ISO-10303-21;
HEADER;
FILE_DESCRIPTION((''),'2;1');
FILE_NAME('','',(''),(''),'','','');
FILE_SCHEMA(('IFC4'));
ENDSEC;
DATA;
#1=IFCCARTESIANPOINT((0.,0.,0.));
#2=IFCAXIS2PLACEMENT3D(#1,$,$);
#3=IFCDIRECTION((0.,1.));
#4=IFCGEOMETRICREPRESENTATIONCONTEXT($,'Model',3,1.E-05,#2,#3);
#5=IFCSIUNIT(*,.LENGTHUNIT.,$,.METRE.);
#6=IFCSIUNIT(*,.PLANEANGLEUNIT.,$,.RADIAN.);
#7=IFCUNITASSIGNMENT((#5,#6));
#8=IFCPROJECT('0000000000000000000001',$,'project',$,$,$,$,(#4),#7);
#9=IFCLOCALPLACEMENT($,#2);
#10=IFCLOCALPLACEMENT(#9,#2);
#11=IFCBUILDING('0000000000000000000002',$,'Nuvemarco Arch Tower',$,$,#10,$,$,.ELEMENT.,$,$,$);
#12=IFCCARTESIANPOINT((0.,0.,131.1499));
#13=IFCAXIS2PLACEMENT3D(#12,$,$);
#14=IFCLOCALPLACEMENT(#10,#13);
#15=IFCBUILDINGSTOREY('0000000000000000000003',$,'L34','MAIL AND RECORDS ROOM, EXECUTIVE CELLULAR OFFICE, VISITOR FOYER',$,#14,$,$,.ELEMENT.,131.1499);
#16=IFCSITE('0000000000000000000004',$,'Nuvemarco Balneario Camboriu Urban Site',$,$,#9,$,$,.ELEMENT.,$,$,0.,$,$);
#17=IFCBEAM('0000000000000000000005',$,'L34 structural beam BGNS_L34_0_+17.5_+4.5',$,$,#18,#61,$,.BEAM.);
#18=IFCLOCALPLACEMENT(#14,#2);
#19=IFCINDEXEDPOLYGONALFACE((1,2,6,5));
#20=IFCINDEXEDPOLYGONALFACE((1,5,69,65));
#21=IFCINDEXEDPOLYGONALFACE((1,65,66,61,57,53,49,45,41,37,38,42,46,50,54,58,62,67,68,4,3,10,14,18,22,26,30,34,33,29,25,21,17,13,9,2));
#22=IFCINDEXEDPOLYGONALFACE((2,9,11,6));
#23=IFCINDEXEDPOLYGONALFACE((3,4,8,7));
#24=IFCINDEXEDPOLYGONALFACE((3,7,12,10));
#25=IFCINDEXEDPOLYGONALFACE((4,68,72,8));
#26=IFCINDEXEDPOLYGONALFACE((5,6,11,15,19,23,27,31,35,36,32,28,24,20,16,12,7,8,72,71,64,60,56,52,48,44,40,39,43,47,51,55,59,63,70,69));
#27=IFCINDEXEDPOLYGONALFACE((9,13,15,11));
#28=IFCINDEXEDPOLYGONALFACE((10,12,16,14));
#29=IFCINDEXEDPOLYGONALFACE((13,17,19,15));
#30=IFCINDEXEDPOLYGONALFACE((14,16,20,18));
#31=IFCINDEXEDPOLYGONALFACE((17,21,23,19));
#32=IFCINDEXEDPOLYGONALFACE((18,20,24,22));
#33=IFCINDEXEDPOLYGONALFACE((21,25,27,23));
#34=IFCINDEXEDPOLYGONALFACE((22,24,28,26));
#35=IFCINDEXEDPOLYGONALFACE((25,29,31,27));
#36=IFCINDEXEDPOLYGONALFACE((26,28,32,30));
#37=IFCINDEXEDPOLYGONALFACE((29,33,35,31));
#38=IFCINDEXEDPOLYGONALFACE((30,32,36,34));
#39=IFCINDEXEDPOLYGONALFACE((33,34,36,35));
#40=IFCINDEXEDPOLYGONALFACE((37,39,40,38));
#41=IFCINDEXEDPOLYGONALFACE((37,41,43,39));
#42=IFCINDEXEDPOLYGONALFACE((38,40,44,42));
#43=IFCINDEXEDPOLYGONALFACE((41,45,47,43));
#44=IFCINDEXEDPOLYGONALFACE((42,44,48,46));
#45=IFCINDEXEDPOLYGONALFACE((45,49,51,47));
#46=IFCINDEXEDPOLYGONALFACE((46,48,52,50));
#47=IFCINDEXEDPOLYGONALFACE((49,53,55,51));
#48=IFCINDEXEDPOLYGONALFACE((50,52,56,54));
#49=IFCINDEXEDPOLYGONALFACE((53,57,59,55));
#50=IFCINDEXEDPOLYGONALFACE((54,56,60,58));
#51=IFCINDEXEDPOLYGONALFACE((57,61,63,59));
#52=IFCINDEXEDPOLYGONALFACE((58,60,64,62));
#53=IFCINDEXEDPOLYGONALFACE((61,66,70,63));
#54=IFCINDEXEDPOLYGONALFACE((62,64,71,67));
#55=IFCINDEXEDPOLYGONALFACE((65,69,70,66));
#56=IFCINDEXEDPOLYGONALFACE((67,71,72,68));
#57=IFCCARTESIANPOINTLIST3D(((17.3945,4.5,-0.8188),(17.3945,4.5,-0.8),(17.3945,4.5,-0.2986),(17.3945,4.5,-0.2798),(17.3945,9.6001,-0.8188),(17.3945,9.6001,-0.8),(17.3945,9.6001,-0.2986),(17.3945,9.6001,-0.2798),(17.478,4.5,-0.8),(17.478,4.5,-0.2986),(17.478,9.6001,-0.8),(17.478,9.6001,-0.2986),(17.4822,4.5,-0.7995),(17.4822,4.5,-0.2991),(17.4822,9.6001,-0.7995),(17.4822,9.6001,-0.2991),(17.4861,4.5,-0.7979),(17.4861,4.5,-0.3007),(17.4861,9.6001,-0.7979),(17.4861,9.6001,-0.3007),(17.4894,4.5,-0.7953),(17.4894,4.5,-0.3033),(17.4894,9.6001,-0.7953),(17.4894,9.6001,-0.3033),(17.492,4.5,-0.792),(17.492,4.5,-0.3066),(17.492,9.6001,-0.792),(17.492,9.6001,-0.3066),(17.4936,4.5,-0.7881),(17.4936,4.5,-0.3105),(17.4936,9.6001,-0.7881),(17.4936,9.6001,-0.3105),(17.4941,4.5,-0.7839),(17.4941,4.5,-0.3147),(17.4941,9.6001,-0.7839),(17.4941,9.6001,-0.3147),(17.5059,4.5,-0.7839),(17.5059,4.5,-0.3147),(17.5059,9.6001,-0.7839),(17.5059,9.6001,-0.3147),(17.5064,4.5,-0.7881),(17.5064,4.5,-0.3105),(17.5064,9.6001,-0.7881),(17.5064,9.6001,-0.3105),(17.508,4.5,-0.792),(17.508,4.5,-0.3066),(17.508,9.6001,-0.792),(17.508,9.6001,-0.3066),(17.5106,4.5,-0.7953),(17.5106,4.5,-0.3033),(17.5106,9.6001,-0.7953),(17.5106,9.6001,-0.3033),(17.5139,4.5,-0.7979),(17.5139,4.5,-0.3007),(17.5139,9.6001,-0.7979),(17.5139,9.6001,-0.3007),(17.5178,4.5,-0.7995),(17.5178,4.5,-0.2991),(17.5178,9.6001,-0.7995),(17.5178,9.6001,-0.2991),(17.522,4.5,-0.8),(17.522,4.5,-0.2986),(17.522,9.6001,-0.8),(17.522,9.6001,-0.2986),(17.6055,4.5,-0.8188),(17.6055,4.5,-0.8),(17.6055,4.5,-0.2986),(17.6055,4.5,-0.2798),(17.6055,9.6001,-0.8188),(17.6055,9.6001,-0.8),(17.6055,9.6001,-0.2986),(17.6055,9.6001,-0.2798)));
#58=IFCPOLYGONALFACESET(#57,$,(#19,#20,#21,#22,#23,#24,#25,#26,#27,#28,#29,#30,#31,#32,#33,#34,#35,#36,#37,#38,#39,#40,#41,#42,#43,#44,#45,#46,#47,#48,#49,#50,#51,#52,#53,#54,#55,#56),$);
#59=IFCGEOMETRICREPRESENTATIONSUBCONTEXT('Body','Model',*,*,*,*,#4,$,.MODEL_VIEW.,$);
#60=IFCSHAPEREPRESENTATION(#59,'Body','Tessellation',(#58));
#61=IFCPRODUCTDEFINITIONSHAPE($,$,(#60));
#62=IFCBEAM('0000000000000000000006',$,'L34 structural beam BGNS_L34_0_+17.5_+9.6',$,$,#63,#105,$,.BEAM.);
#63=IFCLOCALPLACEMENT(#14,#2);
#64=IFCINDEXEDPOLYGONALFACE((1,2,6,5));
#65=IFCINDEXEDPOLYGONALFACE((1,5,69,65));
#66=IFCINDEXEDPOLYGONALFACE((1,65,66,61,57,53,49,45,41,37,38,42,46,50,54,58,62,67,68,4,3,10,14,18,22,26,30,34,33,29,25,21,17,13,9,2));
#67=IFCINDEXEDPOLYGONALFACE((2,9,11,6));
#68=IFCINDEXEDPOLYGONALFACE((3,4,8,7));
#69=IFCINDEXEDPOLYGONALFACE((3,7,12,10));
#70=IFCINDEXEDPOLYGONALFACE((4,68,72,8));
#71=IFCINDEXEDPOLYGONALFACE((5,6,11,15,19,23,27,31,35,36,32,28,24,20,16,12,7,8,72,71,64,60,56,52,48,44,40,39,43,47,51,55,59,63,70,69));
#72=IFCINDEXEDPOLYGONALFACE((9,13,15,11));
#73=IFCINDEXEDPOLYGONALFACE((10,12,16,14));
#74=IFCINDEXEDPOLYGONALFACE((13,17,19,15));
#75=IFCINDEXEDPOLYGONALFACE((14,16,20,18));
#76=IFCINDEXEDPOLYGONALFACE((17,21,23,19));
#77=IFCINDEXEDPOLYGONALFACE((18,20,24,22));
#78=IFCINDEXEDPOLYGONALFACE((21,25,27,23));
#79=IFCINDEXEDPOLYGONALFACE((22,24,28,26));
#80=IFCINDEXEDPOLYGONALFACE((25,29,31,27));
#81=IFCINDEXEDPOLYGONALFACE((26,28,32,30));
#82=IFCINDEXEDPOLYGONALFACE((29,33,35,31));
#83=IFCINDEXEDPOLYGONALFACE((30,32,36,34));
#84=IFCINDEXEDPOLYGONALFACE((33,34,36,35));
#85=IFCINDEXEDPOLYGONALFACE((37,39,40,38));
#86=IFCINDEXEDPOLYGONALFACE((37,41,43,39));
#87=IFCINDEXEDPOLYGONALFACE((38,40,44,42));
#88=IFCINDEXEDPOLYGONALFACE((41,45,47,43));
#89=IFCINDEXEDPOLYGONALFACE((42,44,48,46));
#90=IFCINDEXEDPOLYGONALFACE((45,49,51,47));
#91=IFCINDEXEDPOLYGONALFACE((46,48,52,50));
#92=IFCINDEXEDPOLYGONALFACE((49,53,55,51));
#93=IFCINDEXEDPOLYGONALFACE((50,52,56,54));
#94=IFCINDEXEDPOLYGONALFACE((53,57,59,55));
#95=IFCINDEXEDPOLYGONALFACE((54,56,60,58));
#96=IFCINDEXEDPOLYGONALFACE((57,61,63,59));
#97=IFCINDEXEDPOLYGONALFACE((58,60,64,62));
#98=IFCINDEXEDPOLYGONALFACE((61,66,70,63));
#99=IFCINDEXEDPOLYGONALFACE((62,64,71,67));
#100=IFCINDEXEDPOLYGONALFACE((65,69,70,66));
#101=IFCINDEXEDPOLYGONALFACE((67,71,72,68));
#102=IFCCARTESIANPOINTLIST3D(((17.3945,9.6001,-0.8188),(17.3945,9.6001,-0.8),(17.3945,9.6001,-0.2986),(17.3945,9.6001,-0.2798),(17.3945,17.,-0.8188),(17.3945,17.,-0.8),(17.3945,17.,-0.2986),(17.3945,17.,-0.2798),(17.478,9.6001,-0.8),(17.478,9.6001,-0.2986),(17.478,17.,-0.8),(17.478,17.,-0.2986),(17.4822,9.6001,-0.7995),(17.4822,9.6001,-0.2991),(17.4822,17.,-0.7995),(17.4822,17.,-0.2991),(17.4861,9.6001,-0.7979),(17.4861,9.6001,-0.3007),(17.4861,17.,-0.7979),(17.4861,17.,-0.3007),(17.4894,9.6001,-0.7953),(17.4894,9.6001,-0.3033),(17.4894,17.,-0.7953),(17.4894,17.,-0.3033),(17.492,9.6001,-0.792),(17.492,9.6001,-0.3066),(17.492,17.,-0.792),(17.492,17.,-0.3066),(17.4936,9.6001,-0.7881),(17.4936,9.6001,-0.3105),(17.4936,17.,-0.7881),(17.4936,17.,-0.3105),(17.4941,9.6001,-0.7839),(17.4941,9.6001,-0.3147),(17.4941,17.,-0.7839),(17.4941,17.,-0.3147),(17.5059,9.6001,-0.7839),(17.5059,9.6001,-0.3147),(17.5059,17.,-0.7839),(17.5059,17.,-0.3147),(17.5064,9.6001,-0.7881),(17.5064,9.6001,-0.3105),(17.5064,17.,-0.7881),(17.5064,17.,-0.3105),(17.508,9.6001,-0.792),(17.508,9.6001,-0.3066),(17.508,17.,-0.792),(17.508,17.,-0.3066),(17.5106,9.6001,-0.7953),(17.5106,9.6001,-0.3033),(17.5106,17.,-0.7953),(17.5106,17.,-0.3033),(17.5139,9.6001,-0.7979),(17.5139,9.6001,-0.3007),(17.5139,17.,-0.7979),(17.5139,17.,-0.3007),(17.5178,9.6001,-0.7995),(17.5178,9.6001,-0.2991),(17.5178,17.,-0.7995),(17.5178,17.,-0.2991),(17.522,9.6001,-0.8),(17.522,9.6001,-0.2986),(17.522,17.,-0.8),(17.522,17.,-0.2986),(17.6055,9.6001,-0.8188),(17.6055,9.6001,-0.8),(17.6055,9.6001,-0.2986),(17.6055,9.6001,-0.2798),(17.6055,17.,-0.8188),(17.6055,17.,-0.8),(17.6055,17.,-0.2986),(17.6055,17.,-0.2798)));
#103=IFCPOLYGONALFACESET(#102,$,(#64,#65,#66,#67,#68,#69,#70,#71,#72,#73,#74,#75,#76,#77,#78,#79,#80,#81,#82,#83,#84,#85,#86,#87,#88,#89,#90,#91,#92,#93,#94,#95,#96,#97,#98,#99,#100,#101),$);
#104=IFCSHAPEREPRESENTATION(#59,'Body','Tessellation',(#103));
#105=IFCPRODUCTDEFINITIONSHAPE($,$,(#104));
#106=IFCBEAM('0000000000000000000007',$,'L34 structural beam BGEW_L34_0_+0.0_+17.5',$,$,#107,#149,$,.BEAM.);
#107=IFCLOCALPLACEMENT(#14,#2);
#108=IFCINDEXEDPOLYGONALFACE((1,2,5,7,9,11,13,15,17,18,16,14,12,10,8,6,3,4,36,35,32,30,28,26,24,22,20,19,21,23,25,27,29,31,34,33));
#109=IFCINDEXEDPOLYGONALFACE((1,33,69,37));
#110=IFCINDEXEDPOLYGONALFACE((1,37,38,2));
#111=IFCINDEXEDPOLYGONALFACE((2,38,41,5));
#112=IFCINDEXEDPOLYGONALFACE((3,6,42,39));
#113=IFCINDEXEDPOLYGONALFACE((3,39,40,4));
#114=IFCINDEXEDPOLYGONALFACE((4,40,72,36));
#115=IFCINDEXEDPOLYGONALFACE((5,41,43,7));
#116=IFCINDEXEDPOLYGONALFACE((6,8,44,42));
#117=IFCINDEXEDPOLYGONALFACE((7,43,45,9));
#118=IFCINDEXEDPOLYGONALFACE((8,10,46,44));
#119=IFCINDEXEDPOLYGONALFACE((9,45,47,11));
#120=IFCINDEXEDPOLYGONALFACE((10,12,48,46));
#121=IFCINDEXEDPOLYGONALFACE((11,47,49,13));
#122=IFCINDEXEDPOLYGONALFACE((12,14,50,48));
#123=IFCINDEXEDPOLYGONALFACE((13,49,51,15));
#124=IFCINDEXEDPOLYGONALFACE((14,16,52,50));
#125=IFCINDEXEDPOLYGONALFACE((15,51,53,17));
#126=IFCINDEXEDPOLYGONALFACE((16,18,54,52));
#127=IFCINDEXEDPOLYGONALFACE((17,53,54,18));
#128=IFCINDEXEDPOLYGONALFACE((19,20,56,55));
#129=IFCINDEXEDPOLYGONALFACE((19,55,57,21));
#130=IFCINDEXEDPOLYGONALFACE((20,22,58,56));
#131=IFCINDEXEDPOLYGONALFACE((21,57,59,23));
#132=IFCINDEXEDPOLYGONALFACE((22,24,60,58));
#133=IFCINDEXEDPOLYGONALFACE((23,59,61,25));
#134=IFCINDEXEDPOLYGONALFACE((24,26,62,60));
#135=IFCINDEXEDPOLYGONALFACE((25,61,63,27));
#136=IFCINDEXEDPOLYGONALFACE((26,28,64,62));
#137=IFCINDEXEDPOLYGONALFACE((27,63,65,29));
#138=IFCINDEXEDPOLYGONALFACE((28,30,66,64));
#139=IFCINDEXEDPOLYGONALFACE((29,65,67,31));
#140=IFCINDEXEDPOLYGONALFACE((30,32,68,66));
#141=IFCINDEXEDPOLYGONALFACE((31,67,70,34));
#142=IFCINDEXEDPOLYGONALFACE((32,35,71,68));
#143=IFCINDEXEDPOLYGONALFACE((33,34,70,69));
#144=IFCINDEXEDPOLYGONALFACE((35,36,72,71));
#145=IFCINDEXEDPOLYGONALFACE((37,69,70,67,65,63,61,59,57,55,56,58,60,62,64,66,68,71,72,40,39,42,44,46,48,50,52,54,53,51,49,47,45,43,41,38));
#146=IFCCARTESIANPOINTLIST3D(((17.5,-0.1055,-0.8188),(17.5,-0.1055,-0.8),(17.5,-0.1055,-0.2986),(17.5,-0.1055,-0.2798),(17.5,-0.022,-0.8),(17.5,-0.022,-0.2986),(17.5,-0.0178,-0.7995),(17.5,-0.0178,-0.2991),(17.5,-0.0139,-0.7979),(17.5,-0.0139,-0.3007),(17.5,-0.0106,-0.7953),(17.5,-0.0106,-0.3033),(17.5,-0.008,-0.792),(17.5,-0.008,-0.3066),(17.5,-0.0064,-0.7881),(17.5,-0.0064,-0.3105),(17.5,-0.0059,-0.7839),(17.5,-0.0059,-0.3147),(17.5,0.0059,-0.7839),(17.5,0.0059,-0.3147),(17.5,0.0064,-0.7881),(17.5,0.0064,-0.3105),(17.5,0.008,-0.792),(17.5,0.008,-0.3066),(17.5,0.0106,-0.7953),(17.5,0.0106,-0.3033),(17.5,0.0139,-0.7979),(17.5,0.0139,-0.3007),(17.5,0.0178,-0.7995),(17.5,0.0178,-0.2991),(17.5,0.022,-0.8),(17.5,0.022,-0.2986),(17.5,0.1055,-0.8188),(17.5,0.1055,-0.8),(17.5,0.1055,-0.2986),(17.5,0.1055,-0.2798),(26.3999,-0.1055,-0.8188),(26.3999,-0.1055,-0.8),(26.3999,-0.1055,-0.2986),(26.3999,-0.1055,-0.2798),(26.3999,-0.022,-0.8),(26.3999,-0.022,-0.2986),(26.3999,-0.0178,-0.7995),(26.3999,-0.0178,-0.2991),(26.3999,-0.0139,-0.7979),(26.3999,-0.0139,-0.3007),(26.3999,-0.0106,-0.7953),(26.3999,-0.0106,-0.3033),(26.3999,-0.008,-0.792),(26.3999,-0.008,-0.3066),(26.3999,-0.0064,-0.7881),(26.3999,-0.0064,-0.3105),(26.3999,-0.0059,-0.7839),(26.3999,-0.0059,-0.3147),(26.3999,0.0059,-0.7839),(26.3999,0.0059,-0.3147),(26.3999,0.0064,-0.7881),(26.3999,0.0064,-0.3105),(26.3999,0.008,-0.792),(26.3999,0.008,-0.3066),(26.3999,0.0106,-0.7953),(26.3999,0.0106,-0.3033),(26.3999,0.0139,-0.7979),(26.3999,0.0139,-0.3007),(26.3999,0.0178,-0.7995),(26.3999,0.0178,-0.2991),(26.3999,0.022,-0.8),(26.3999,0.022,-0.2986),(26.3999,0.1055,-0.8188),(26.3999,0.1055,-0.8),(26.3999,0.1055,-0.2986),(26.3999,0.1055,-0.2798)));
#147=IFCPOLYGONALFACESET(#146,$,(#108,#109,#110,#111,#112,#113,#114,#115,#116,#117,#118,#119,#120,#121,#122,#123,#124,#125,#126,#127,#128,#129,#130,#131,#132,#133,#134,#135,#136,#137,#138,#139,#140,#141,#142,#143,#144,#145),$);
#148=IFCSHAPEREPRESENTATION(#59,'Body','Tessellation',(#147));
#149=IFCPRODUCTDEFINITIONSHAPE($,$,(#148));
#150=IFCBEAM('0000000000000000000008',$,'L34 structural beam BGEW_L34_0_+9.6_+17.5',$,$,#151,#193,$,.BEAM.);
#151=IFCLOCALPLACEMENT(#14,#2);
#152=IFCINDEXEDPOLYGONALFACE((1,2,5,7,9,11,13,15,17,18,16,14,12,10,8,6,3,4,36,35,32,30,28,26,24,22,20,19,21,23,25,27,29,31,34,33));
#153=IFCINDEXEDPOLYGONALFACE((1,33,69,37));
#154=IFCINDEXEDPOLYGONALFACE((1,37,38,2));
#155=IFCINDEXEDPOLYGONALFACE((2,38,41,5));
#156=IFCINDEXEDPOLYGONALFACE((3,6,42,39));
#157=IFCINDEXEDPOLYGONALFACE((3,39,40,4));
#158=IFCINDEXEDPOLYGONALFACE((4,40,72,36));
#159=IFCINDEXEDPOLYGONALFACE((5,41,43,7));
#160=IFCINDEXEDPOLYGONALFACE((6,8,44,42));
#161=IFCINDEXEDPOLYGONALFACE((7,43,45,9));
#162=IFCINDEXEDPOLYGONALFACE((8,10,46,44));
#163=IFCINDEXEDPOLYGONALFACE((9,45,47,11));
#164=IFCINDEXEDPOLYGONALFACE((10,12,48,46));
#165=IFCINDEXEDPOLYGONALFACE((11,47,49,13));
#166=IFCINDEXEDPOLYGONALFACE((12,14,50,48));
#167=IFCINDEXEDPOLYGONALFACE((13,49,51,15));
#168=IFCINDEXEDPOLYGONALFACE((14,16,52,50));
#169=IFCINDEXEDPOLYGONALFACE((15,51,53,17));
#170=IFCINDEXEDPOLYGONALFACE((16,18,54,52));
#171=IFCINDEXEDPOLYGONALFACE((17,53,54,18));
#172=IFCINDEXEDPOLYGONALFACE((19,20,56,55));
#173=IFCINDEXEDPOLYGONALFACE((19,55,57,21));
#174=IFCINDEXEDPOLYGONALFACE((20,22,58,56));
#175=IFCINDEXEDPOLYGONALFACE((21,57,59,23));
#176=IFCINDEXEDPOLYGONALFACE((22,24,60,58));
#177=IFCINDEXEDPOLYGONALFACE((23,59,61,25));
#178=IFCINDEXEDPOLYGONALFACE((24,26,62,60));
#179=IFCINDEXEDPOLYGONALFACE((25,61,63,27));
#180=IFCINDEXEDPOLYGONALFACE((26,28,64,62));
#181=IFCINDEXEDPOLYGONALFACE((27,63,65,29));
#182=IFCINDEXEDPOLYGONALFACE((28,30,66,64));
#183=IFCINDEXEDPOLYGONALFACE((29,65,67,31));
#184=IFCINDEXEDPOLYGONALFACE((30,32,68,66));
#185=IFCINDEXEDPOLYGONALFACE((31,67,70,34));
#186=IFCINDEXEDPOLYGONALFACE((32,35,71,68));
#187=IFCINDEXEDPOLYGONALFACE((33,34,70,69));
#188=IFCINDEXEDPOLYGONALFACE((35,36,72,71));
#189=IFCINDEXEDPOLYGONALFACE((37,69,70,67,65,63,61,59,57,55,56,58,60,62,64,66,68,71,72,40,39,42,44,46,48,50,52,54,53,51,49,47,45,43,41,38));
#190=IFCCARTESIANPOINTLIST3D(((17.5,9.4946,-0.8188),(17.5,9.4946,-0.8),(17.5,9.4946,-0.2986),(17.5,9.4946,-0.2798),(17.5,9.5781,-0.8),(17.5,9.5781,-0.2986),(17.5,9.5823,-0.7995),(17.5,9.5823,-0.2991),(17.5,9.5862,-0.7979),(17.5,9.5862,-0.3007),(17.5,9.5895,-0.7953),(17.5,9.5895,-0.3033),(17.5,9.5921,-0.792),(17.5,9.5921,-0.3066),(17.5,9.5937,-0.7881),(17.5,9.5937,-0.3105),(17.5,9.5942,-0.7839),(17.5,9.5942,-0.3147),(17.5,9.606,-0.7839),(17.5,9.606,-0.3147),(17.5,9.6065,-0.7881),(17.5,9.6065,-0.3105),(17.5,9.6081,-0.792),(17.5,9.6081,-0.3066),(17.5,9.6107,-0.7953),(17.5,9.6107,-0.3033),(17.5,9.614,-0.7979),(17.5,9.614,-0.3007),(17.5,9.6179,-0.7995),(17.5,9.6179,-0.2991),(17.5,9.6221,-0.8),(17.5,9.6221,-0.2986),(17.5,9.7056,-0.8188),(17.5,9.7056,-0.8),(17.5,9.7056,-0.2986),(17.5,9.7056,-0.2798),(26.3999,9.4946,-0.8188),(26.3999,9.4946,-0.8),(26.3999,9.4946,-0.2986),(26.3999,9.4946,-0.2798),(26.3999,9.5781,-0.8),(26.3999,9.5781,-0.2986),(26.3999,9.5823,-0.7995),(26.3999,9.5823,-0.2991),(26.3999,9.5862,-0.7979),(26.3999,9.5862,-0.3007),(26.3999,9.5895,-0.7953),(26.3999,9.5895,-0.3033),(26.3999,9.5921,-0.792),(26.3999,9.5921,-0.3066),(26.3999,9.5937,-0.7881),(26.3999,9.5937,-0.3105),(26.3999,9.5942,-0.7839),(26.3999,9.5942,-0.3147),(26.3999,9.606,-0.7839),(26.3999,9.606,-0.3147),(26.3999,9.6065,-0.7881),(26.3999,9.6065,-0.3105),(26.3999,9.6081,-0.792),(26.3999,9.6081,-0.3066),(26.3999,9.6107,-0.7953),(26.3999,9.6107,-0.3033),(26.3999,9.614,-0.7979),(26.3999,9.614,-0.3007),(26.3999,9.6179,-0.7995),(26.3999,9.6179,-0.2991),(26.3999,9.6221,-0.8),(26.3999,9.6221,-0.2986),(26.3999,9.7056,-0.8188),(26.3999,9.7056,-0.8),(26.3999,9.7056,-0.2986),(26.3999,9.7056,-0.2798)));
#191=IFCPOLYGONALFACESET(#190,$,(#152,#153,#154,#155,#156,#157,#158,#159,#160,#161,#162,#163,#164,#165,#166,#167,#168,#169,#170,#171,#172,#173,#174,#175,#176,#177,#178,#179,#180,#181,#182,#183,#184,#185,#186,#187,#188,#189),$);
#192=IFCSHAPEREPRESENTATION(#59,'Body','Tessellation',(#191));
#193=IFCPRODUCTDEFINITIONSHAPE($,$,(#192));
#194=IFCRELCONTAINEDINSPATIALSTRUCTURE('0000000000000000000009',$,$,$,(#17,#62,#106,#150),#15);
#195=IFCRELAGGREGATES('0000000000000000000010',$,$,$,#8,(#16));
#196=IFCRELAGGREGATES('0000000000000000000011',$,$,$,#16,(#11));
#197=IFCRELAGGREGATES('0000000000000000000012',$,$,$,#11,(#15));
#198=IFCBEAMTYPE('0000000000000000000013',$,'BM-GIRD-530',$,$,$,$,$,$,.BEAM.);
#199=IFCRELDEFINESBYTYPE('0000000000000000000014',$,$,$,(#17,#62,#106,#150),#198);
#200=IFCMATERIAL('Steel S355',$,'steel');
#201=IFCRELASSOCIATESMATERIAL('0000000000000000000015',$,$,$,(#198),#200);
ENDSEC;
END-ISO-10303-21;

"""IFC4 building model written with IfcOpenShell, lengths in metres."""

from ifc_helpers import new_model, si_unit, direction, frame, origin, origin_2d, place, context, subcontext, project, spatial, i_section, extrude, material, material_profile, profile_set, type_object, element, save


model = new_model("IFC4")

# Units and contexts
model_context = context("Model", 3, precision=1e-05, world=origin(), true_north=direction((0.0, 1.0)))
body_context = subcontext(model_context, "Body", "Model", "MODEL_VIEW")
ifc_project = project(units=[si_unit("LENGTHUNIT", "METRE"), si_unit("PLANEANGLEUNIT", "RADIAN")], contexts=[model_context])

# Site, building, storey
site_placement = place(None, origin())
site = spatial("IfcSite", under=ifc_project, at=site_placement, Name="Nuvemarco Balneario Camboriu Urban Site", CompositionType="ELEMENT", RefElevation=0.0)
building_placement = place(site_placement, origin())
building = spatial("IfcBuilding", under=site, at=building_placement, Name="Nuvemarco Arch Tower", CompositionType="ELEMENT")
storey_placement = place(building_placement, frame((0.0, 0.0, 131.1499)))
storey = spatial("IfcBuildingStorey", under=building, at=storey_placement, Name="L34", Description="MAIL AND RECORDS ROOM, EXECUTIVE CELLULAR OFFICE, VISITOR FOYER", CompositionType="ELEMENT", Elevation=131.1499)

# Shared definitions
ifc_material_1 = material(Name="Steel S355", Category="steel")

# Beams
ifc_material_profile_1 = material_profile(ifc_material_1, i_section(OverallWidth=0.2109, OverallDepth=0.5391, WebThickness=0.0117, FlangeThickness=0.0188, FilletRadius=0.0161, at=origin_2d()), Name="W530x109")
ifc_profile_set_1 = profile_set([ifc_material_profile_1], Name="Steel S355")
beam_type_1 = type_object("IfcBeamType", Name="BM-GIRD-530", PredefinedType="BEAM", material=ifc_profile_set_1)
beam_1_placement = place(storey_placement, frame((17.5, 4.5, -0.5493), z_axis=(0.0, 1.0, 0.0), x_axis=(-1.0, 0.0, 0.0)))
element("IfcBeam", 1, at=beam_1_placement, inside=storey, type_object=beam_type_1, Name="L34 structural beam BGNS_L34_0_+17.5_+4.5", PredefinedType="BEAM", context=body_context, shape_type="SweptSolid", body=[
    extrude(i_section(OverallWidth=0.2109, OverallDepth=0.5391, WebThickness=0.0117, FlangeThickness=0.0188, FilletRadius=0.0161, at=origin_2d()), origin(), (0.0, 0.0, 1.0), 5.1001),
])
beam_2_placement = place(storey_placement, frame((17.5, 9.6001, -0.5493), z_axis=(0.0, 1.0, 0.0), x_axis=(-1.0, 0.0, 0.0)))
element("IfcBeam", 2, at=beam_2_placement, inside=storey, type_object=beam_type_1, Name="L34 structural beam BGNS_L34_0_+17.5_+9.6", PredefinedType="BEAM", context=body_context, shape_type="SweptSolid", body=[
    extrude(i_section(OverallWidth=0.2109, OverallDepth=0.5391, WebThickness=0.0117, FlangeThickness=0.0188, FilletRadius=0.0161, at=origin_2d()), origin(), (0.0, 0.0, 1.0), 7.3999),
])
for number, where, z_axis, x_axis, name in (
    (3, (17.5, 0.0, -0.5493), (1.0, 0.0, 0.0), (0.0, 1.0, 0.0), "L34 structural beam BGEW_L34_0_+0.0_+17.5"),
    (4, (17.5, 9.6001, -0.5493), (1.0, 0.0, 0.0), (0.0, 1.0, 0.0), "L34 structural beam BGEW_L34_0_+9.6_+17.5"),
):
    element("IfcBeam", number, at=place(storey_placement, frame(where, z_axis=z_axis, x_axis=x_axis)), inside=storey, type_object=beam_type_1, Name=name, PredefinedType="BEAM", context=body_context, shape_type="SweptSolid", body=[
        extrude(i_section(OverallWidth=0.2109, OverallDepth=0.5391, WebThickness=0.0117, FlangeThickness=0.0188, FilletRadius=0.0161, at=origin_2d()), origin(), (0.0, 0.0, 1.0), 8.8999),
    ])

save(model, "model.ifc")
